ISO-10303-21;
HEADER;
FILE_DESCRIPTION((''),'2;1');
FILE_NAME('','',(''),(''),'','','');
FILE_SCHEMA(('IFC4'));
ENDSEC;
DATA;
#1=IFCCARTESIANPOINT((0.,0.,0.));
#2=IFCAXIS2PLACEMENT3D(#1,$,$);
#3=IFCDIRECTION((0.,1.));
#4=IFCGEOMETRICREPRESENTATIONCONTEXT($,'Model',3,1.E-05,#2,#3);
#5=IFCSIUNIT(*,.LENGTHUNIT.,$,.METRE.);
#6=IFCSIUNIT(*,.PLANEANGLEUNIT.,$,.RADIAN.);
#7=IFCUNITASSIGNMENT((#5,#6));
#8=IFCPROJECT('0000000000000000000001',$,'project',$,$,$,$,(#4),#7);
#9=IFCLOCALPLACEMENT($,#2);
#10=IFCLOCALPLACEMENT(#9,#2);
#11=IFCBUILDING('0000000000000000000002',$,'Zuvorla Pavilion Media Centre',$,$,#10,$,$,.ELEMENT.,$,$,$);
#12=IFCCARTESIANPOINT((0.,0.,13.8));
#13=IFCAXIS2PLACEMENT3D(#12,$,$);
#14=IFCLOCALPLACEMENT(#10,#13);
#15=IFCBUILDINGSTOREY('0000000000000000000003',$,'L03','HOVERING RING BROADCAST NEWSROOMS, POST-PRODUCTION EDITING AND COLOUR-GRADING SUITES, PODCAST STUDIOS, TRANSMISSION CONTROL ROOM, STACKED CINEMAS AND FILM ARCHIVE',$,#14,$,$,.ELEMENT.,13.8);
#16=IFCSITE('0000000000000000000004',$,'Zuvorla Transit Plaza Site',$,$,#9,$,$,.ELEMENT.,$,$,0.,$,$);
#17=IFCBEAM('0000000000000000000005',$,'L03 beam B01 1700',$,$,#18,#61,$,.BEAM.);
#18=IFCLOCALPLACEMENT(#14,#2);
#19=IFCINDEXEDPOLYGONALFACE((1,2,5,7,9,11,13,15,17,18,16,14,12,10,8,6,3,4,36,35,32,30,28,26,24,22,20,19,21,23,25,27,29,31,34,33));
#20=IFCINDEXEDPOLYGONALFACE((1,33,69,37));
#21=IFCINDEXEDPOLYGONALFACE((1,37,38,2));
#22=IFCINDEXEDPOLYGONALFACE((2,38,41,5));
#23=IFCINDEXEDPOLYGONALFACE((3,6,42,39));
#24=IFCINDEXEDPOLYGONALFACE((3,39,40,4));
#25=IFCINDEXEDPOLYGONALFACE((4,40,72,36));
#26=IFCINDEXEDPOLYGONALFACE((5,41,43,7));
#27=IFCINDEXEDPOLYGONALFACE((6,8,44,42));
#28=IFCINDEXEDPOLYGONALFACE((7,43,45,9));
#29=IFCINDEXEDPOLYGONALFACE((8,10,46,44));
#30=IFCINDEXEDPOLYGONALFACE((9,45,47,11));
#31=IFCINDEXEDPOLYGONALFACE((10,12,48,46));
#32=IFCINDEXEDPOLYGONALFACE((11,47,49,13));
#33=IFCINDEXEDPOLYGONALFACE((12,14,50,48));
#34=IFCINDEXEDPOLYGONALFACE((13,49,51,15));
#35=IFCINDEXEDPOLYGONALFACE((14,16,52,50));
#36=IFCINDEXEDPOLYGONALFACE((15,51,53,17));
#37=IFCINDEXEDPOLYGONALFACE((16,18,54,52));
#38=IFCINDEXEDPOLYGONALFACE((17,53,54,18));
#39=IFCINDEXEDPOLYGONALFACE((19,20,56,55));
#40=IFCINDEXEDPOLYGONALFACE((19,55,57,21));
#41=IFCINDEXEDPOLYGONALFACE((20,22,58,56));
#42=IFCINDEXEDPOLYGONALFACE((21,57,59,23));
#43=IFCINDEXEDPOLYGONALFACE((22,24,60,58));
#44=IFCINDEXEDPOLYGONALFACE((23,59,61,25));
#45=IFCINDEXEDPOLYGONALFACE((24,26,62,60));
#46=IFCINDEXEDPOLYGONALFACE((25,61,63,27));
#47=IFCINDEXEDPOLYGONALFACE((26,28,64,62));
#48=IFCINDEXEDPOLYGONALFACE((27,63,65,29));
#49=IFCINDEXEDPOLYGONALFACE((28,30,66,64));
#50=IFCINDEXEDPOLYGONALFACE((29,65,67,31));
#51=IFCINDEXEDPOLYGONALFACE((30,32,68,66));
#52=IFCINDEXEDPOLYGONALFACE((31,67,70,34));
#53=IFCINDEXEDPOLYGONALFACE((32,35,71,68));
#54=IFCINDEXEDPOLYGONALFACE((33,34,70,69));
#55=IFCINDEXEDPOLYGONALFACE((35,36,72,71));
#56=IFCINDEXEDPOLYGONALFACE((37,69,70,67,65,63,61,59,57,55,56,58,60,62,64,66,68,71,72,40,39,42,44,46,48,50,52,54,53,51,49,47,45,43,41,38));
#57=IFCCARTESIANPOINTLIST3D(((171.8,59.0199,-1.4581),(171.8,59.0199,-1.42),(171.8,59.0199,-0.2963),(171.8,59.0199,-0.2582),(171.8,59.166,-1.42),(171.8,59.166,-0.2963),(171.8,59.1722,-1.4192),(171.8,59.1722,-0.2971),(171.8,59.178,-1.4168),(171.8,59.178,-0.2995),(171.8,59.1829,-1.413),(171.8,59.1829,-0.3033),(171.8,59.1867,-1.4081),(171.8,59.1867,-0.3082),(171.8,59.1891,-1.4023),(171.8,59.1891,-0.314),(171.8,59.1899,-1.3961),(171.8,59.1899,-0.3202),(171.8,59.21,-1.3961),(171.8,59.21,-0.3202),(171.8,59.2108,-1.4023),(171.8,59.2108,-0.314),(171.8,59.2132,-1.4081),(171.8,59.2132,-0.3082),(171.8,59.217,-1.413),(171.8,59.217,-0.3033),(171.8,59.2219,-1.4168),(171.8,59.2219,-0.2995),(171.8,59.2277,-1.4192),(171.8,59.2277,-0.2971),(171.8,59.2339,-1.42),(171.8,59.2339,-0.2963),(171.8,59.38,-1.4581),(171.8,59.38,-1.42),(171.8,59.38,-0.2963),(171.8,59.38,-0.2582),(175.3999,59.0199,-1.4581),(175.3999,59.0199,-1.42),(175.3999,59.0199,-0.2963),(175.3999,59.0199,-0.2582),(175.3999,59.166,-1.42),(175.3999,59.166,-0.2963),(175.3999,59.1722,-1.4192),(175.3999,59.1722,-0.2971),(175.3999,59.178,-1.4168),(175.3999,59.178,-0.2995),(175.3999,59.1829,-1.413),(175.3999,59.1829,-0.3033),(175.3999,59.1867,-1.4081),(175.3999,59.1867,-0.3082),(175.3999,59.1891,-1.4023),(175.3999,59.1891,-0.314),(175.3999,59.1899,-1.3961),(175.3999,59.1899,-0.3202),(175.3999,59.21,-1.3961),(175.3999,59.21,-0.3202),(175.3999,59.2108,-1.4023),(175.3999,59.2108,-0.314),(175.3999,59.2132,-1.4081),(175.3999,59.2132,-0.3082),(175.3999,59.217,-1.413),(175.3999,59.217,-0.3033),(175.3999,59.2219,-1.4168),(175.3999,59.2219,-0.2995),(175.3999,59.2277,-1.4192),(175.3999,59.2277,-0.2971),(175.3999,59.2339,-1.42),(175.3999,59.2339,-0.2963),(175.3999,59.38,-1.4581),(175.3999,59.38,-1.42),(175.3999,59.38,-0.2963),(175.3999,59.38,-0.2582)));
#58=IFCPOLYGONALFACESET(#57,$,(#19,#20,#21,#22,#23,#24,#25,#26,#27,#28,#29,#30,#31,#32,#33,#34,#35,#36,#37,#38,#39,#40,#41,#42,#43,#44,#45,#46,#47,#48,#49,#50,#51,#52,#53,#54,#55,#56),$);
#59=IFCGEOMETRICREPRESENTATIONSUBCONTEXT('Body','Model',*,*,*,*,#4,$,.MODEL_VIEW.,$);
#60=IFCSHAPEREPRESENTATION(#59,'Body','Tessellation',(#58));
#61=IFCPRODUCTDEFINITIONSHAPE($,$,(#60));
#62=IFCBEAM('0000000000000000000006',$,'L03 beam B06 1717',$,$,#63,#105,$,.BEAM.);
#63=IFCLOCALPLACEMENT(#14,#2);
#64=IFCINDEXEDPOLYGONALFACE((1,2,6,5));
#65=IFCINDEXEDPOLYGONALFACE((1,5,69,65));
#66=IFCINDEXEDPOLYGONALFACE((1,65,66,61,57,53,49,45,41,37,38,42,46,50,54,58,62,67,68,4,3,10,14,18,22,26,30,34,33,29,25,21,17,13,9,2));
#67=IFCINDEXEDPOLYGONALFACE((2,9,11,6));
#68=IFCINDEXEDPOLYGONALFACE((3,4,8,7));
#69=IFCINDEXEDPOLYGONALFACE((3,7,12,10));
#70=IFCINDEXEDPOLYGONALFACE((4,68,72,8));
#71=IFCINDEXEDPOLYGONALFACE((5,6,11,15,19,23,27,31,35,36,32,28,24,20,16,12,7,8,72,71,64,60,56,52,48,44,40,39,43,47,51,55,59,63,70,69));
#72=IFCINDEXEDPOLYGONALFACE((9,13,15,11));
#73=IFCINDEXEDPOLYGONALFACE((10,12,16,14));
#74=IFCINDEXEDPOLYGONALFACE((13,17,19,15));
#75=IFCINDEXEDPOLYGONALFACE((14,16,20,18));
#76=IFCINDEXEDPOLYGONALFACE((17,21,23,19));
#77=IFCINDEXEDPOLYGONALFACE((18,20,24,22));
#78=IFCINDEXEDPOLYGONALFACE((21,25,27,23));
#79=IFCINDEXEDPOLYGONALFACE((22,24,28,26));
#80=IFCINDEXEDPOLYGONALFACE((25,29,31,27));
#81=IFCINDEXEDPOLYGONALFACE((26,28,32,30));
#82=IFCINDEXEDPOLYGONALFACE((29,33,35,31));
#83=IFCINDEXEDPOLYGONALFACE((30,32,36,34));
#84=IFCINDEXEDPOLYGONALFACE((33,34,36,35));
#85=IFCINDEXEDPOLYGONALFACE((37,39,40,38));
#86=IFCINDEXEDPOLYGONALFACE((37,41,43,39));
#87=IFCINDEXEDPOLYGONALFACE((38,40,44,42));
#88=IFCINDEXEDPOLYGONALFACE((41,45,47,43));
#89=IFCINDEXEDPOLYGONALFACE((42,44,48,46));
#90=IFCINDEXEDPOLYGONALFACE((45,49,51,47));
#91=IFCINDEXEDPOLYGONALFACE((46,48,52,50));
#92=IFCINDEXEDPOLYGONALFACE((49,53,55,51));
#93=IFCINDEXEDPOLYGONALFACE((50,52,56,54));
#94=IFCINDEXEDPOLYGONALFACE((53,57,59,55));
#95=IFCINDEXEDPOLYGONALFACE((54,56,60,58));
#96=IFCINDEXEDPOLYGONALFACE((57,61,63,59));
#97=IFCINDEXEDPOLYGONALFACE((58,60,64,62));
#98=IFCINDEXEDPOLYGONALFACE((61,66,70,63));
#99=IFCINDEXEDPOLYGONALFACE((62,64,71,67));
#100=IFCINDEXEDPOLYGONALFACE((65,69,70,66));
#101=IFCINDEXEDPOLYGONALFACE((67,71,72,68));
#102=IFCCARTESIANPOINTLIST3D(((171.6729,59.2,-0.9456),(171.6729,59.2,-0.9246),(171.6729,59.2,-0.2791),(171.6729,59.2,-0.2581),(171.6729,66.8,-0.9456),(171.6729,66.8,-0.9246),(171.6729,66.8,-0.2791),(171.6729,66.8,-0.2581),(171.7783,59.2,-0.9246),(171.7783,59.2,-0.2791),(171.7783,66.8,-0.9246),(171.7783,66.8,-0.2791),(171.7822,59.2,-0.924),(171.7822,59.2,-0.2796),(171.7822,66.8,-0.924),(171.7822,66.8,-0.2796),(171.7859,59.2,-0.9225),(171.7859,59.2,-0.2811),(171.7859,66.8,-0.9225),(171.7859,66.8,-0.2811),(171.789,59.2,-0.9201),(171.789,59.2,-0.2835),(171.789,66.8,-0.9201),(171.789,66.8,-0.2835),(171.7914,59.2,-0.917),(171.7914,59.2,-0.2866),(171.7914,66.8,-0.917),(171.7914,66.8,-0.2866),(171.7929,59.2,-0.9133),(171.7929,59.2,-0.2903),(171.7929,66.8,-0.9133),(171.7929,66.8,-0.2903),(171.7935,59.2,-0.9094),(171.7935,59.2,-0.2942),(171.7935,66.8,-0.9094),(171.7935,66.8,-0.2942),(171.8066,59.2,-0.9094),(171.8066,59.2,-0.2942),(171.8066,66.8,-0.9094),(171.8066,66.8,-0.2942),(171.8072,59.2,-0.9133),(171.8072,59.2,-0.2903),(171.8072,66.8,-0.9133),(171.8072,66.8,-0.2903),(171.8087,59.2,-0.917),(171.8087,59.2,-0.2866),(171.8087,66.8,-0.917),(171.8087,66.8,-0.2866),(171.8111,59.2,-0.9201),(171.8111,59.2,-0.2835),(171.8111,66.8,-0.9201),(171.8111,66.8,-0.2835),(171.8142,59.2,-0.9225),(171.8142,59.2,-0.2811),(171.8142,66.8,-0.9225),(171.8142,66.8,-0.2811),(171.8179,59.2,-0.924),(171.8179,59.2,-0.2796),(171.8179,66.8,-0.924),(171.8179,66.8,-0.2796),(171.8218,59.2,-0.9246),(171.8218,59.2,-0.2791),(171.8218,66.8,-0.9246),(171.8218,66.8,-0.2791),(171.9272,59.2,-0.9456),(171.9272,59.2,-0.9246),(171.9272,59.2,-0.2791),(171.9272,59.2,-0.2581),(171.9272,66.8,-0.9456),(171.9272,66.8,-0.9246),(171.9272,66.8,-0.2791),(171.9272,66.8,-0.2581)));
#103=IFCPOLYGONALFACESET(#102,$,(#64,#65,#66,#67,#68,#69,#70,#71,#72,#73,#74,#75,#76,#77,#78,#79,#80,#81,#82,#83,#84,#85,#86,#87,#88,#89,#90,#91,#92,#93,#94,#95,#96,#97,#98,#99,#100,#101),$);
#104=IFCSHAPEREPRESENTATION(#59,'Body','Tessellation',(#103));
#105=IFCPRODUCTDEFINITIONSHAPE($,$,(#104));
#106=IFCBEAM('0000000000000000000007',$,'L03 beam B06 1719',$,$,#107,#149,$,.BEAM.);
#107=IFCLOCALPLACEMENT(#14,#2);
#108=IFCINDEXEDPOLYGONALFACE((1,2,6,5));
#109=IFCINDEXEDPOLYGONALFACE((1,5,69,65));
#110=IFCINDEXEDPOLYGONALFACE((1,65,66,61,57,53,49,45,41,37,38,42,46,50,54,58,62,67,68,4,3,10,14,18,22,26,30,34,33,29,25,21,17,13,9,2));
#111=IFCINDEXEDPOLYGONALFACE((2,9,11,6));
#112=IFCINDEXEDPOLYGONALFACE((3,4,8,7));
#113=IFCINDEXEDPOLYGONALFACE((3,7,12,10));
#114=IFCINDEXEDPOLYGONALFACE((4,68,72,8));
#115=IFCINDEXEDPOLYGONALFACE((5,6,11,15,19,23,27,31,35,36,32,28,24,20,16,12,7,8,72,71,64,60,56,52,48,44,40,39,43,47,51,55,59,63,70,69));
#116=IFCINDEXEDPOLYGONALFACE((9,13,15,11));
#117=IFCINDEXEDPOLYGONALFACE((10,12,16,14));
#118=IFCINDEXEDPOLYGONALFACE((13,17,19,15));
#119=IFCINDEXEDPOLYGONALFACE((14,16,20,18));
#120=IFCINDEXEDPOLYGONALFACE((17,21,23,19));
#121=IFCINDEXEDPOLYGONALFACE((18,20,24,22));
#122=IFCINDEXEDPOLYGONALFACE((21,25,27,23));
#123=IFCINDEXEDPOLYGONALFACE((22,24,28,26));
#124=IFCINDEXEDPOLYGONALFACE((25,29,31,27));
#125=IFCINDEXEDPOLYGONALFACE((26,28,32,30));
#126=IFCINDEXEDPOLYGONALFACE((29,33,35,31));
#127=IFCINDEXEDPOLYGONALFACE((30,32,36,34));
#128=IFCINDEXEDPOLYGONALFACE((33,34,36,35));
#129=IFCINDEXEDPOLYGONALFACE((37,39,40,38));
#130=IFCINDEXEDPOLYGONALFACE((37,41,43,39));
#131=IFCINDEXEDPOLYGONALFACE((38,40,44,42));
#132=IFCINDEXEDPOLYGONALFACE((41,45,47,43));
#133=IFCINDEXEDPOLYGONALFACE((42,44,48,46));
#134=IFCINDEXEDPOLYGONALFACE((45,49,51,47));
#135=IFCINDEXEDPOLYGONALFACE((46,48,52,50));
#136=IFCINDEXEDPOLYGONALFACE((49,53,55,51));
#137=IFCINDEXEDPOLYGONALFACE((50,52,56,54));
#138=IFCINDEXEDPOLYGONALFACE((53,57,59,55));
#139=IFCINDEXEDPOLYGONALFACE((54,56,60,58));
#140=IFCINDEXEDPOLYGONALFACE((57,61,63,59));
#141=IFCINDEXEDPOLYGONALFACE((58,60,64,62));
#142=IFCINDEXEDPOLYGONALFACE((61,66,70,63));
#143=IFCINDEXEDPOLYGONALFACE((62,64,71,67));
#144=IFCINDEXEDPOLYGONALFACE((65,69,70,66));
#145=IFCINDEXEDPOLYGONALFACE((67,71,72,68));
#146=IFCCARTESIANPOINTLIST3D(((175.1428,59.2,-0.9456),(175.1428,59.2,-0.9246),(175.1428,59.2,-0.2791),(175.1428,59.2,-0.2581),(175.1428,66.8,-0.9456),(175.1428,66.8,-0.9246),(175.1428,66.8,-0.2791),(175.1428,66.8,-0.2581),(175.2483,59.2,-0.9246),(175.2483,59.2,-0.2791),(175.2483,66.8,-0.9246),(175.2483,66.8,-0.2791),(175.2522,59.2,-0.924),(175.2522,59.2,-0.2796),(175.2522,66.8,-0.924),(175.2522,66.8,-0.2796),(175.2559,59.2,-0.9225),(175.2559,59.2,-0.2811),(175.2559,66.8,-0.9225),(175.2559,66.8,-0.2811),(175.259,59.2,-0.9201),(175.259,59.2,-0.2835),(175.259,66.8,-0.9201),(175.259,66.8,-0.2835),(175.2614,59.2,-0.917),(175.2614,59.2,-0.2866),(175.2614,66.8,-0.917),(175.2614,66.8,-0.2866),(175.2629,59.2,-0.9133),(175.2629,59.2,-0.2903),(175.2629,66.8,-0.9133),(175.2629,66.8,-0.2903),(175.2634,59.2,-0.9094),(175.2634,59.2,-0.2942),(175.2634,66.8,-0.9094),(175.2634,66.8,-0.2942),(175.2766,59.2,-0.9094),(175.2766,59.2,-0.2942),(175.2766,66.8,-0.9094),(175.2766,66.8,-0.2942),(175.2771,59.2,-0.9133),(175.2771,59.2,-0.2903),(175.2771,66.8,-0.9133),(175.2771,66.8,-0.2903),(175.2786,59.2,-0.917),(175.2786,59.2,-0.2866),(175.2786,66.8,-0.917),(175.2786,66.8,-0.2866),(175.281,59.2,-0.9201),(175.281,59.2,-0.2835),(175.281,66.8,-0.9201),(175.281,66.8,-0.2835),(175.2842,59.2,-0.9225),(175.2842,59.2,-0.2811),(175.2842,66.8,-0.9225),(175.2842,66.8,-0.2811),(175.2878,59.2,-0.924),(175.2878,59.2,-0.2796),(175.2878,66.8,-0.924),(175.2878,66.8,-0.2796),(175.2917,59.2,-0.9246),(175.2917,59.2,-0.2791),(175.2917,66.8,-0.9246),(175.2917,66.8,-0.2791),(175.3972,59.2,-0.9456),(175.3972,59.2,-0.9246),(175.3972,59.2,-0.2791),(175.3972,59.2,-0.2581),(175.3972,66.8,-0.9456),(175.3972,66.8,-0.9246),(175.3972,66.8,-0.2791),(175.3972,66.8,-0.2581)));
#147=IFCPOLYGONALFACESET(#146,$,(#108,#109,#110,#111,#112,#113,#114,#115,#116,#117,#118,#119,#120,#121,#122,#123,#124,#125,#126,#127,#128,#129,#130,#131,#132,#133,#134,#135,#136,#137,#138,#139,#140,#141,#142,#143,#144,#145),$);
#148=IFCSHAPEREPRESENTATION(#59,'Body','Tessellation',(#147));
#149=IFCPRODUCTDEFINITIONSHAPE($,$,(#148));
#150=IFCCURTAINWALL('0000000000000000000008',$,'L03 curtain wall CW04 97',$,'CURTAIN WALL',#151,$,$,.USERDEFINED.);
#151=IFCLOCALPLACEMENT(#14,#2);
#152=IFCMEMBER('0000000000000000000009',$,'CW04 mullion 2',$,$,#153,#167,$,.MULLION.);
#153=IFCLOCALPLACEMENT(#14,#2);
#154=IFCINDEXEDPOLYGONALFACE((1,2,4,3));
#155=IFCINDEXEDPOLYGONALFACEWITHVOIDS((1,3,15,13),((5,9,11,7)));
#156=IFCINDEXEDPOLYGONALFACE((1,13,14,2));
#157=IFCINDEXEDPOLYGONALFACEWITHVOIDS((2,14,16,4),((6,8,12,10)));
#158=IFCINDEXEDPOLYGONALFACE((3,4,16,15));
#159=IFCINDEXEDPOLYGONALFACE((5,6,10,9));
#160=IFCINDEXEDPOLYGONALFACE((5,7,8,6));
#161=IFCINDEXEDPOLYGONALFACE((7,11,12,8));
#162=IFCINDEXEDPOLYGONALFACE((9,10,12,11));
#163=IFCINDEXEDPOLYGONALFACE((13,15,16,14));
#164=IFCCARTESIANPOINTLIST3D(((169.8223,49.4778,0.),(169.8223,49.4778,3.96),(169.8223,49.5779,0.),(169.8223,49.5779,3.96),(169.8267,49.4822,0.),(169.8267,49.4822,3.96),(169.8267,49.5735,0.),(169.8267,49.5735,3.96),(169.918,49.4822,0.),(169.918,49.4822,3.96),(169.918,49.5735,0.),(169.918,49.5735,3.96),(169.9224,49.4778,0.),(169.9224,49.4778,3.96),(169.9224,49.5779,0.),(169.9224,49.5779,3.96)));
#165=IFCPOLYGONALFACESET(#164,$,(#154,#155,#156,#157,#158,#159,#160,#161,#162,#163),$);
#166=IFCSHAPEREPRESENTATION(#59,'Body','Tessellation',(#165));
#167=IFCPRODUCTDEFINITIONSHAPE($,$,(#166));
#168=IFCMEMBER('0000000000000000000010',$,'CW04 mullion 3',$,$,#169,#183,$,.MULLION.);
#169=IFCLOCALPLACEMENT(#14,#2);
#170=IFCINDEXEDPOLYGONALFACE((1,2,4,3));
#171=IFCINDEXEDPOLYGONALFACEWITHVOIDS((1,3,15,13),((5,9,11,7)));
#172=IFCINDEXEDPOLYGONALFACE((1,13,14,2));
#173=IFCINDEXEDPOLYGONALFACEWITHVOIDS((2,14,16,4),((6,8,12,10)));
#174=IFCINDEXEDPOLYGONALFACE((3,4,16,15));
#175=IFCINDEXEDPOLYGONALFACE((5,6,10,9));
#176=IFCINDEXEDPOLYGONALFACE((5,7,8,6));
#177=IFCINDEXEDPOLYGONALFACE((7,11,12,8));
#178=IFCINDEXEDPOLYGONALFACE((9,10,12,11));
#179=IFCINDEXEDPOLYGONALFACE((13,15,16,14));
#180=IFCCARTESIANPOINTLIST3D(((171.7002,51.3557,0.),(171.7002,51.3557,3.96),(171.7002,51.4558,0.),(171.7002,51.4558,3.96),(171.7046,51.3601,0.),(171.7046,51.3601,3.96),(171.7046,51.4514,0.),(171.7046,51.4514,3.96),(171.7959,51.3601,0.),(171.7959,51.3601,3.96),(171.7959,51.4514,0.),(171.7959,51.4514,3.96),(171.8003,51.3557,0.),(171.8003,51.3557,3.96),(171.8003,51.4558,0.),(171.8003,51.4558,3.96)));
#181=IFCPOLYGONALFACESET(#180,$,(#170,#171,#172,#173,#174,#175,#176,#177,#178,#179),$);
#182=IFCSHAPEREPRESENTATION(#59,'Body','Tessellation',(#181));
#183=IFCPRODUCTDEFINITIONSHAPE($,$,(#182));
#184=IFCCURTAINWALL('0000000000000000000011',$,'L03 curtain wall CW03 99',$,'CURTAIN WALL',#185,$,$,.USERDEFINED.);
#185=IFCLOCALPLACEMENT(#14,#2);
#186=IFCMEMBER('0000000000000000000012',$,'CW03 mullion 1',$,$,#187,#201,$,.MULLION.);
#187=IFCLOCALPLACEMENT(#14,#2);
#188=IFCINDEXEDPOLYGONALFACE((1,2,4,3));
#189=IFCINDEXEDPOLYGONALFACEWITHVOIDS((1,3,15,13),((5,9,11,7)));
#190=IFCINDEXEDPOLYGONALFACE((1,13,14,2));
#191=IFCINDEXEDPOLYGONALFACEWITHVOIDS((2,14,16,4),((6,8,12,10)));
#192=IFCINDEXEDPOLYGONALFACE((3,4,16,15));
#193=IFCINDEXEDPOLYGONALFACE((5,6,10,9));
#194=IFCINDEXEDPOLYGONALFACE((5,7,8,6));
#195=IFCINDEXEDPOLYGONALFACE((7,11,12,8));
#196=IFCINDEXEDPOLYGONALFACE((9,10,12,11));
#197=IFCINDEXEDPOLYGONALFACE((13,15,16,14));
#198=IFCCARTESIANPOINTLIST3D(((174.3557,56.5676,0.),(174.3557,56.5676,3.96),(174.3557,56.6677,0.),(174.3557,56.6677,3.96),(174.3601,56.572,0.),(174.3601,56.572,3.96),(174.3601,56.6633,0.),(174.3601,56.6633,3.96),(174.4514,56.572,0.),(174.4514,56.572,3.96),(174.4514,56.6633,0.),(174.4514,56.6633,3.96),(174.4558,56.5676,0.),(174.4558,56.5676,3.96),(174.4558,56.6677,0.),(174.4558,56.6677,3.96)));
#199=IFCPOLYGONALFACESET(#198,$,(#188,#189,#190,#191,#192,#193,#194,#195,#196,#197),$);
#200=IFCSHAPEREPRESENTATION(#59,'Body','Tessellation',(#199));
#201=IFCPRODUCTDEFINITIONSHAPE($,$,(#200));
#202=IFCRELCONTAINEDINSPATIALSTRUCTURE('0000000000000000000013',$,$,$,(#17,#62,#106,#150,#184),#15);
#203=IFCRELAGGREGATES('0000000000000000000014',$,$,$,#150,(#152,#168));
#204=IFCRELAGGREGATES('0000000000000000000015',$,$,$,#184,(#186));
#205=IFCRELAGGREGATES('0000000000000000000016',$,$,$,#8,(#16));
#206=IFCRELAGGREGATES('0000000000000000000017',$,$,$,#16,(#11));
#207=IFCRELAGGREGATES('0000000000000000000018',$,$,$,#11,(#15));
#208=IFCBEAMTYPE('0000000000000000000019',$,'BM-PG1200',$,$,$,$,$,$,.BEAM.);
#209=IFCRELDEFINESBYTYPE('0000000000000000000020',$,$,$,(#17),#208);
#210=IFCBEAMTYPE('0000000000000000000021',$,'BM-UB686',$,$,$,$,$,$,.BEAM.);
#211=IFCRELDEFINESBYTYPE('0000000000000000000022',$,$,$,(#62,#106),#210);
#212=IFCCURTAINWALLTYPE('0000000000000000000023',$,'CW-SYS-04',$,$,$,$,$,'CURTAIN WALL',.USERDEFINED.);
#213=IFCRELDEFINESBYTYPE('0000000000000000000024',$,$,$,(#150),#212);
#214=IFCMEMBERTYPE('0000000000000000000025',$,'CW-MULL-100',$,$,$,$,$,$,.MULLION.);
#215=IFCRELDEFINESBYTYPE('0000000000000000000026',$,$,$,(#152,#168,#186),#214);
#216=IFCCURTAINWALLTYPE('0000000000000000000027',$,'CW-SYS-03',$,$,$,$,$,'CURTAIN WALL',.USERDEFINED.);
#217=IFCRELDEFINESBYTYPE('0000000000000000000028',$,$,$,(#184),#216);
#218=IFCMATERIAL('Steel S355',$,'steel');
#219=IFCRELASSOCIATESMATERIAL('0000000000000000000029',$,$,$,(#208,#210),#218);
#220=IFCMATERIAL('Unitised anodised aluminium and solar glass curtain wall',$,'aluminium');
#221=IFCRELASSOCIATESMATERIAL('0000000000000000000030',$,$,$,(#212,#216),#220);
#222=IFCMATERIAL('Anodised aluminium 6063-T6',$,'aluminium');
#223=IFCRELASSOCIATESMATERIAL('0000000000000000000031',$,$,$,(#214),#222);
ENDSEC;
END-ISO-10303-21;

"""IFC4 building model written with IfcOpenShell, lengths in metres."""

from ifc_helpers import new_model, si_unit, direction, frame, origin, origin_2d, place, context, subcontext, project, spatial, hollow_rectangle, i_section, extrude, material, material_profile, profile_set, type_object, element, aggregate, save


model = new_model("IFC4")

# Units and contexts
model_context = context("Model", 3, precision=1e-05, world=origin(), true_north=direction((0.0, 1.0)))
body_context = subcontext(model_context, "Body", "Model", "MODEL_VIEW")
ifc_project = project(units=[si_unit("LENGTHUNIT", "METRE"), si_unit("PLANEANGLEUNIT", "RADIAN")], contexts=[model_context])

# Site, building, storey
site_placement = place(None, origin())
site = spatial("IfcSite", under=ifc_project, at=site_placement, Name="Zuvorla Transit Plaza Site", CompositionType="ELEMENT", RefElevation=0.0)
building_placement = place(site_placement, origin())
building = spatial("IfcBuilding", under=site, at=building_placement, Name="Zuvorla Pavilion Media Centre", CompositionType="ELEMENT")
storey_placement = place(building_placement, frame((0.0, 0.0, 13.8)))
storey = spatial("IfcBuildingStorey", under=building, at=storey_placement, Name="L03", Description="HOVERING RING BROADCAST NEWSROOMS, POST-PRODUCTION EDITING AND COLOUR-GRADING SUITES, PODCAST STUDIOS, TRANSMISSION CONTROL ROOM, STACKED CINEMAS AND FILM ARCHIVE", CompositionType="ELEMENT", Elevation=13.8)

# Beams
ifc_material_1 = material(Name="Steel S355", Category="steel")
ifc_material_profile_1 = material_profile(ifc_material_1, i_section(OverallWidth=0.3601, OverallDepth=1.2, WebThickness=0.02, FlangeThickness=0.0381, FilletRadius=0.0239, at=origin_2d()), Name="PG 1200x360x38")
ifc_profile_set_1 = profile_set([ifc_material_profile_1], Name="Steel S355")
beam_type_1 = type_object("IfcBeamType", Name="BM-PG1200", PredefinedType="BEAM", material=ifc_profile_set_1)
beam_placement = place(storey_placement, frame((171.8, 59.2, -0.8582), z_axis=(1.0, 0.0, 0.0), x_axis=(0.0, 1.0, 0.0)))
element("IfcBeam", 1, at=beam_placement, inside=storey, type_object=beam_type_1, Name="L03 beam B01 1700", PredefinedType="BEAM", context=body_context, shape_type="SweptSolid", body=[
    extrude(i_section(OverallWidth=0.3601, OverallDepth=1.2, WebThickness=0.02, FlangeThickness=0.0381, FilletRadius=0.0239, at=origin_2d()), origin(), (0.0, 0.0, 1.0), 3.5999),
])
ifc_material_profile_2 = material_profile(ifc_material_1, i_section(OverallWidth=0.2544, OverallDepth=0.6875, WebThickness=0.0132, FlangeThickness=0.021, FilletRadius=0.0151, at=origin_2d()), Name="UB 686x254x152")
ifc_profile_set_2 = profile_set([ifc_material_profile_2], Name="Steel S355")
beam_type_2 = type_object("IfcBeamType", Name="BM-UB686", PredefinedType="BEAM", material=ifc_profile_set_2)
for number, where, z_axis, x_axis, name in (
    (2, (171.8, 59.2, -0.6018), (0.0, 1.0, 0.0), (-1.0, 0.0, 0.0), "L03 beam B06 1717"),
    (3, (175.27, 59.2, -0.6018), (0.0, 1.0, 0.0), (-1.0, 0.0, 0.0), "L03 beam B06 1719"),
):
    element("IfcBeam", number, at=place(storey_placement, frame(where, z_axis=z_axis, x_axis=x_axis)), inside=storey, type_object=beam_type_2, Name=name, PredefinedType="BEAM", context=body_context, shape_type="SweptSolid", body=[
        extrude(i_section(OverallWidth=0.2544, OverallDepth=0.6875, WebThickness=0.0132, FlangeThickness=0.021, FilletRadius=0.0151, at=origin_2d()), origin(), (0.0, 0.0, 1.0), 7.6001),
    ])

# Curtain walls, members
ifc_material_2 = material(Name="Unitised anodised aluminium and solar glass curtain wall", Category="aluminium")
curtain_wall_type_1 = type_object("IfcCurtainWallType", Name="CW-SYS-04", ElementType="CURTAIN WALL", PredefinedType="USERDEFINED", material=ifc_material_2)
curtain_wall_1_placement = place(storey_placement, origin())
curtain_wall_1 = element("IfcCurtainWall", 4, at=curtain_wall_1_placement, inside=storey, type_object=curtain_wall_type_1, Name="L03 curtain wall CW04 97", ObjectType="CURTAIN WALL", PredefinedType="USERDEFINED")
ifc_material_3 = material(Name="Anodised aluminium 6063-T6", Category="aluminium")
ifc_material_profile_3 = material_profile(ifc_material_3, hollow_rectangle(XDim=0.1001, YDim=0.1001, WallThickness=0.0044, at=origin_2d()), Name="ALU MULL 100x100")
ifc_profile_set_3 = profile_set([ifc_material_profile_3], Name="Anodised aluminium 6063-T6")
member_type_1 = type_object("IfcMemberType", Name="CW-MULL-100", PredefinedType="MULLION", material=ifc_profile_set_3)
member_1_placement = place(storey_placement, frame((169.8723, 49.5278, 0.0), z_axis=(0.0, 0.0, 1.0), x_axis=(1.0, 0.0, 0.0)))
member_1 = element("IfcMember", 5, at=member_1_placement, type_object=member_type_1, Name="CW04 mullion 2", PredefinedType="MULLION", context=body_context, shape_type="SweptSolid", body=[
    extrude(hollow_rectangle(XDim=0.1001, YDim=0.1001, WallThickness=0.0044, at=origin_2d()), origin(), (0.0, 0.0, 1.0), 3.96),
])
member_2_placement = place(storey_placement, frame((171.7502, 51.4058, 0.0), z_axis=(0.0, 0.0, 1.0), x_axis=(1.0, 0.0, 0.0)))
member_2 = element("IfcMember", 6, at=member_2_placement, type_object=member_type_1, Name="CW04 mullion 3", PredefinedType="MULLION", context=body_context, shape_type="SweptSolid", body=[
    extrude(hollow_rectangle(XDim=0.1001, YDim=0.1001, WallThickness=0.0044, at=origin_2d()), origin(), (0.0, 0.0, 1.0), 3.96),
])
curtain_wall_type_2 = type_object("IfcCurtainWallType", Name="CW-SYS-03", ElementType="CURTAIN WALL", PredefinedType="USERDEFINED", material=ifc_material_2)
curtain_wall_2_placement = place(storey_placement, origin())
curtain_wall_2 = element("IfcCurtainWall", 7, at=curtain_wall_2_placement, inside=storey, type_object=curtain_wall_type_2, Name="L03 curtain wall CW03 99", ObjectType="CURTAIN WALL", PredefinedType="USERDEFINED")
member_3_placement = place(storey_placement, frame((174.4058, 56.6177, 0.0), z_axis=(0.0, 0.0, 1.0), x_axis=(1.0, 0.0, 0.0)))
member_3 = element("IfcMember", 8, at=member_3_placement, type_object=member_type_1, Name="CW03 mullion 1", PredefinedType="MULLION", context=body_context, shape_type="SweptSolid", body=[
    extrude(hollow_rectangle(XDim=0.1001, YDim=0.1001, WallThickness=0.0044, at=origin_2d()), origin(), (0.0, 0.0, 1.0), 3.96),
])

aggregate(curtain_wall_1, [member_1, member_2])
aggregate(curtain_wall_2, [member_3])

save(model, "model.ifc")
